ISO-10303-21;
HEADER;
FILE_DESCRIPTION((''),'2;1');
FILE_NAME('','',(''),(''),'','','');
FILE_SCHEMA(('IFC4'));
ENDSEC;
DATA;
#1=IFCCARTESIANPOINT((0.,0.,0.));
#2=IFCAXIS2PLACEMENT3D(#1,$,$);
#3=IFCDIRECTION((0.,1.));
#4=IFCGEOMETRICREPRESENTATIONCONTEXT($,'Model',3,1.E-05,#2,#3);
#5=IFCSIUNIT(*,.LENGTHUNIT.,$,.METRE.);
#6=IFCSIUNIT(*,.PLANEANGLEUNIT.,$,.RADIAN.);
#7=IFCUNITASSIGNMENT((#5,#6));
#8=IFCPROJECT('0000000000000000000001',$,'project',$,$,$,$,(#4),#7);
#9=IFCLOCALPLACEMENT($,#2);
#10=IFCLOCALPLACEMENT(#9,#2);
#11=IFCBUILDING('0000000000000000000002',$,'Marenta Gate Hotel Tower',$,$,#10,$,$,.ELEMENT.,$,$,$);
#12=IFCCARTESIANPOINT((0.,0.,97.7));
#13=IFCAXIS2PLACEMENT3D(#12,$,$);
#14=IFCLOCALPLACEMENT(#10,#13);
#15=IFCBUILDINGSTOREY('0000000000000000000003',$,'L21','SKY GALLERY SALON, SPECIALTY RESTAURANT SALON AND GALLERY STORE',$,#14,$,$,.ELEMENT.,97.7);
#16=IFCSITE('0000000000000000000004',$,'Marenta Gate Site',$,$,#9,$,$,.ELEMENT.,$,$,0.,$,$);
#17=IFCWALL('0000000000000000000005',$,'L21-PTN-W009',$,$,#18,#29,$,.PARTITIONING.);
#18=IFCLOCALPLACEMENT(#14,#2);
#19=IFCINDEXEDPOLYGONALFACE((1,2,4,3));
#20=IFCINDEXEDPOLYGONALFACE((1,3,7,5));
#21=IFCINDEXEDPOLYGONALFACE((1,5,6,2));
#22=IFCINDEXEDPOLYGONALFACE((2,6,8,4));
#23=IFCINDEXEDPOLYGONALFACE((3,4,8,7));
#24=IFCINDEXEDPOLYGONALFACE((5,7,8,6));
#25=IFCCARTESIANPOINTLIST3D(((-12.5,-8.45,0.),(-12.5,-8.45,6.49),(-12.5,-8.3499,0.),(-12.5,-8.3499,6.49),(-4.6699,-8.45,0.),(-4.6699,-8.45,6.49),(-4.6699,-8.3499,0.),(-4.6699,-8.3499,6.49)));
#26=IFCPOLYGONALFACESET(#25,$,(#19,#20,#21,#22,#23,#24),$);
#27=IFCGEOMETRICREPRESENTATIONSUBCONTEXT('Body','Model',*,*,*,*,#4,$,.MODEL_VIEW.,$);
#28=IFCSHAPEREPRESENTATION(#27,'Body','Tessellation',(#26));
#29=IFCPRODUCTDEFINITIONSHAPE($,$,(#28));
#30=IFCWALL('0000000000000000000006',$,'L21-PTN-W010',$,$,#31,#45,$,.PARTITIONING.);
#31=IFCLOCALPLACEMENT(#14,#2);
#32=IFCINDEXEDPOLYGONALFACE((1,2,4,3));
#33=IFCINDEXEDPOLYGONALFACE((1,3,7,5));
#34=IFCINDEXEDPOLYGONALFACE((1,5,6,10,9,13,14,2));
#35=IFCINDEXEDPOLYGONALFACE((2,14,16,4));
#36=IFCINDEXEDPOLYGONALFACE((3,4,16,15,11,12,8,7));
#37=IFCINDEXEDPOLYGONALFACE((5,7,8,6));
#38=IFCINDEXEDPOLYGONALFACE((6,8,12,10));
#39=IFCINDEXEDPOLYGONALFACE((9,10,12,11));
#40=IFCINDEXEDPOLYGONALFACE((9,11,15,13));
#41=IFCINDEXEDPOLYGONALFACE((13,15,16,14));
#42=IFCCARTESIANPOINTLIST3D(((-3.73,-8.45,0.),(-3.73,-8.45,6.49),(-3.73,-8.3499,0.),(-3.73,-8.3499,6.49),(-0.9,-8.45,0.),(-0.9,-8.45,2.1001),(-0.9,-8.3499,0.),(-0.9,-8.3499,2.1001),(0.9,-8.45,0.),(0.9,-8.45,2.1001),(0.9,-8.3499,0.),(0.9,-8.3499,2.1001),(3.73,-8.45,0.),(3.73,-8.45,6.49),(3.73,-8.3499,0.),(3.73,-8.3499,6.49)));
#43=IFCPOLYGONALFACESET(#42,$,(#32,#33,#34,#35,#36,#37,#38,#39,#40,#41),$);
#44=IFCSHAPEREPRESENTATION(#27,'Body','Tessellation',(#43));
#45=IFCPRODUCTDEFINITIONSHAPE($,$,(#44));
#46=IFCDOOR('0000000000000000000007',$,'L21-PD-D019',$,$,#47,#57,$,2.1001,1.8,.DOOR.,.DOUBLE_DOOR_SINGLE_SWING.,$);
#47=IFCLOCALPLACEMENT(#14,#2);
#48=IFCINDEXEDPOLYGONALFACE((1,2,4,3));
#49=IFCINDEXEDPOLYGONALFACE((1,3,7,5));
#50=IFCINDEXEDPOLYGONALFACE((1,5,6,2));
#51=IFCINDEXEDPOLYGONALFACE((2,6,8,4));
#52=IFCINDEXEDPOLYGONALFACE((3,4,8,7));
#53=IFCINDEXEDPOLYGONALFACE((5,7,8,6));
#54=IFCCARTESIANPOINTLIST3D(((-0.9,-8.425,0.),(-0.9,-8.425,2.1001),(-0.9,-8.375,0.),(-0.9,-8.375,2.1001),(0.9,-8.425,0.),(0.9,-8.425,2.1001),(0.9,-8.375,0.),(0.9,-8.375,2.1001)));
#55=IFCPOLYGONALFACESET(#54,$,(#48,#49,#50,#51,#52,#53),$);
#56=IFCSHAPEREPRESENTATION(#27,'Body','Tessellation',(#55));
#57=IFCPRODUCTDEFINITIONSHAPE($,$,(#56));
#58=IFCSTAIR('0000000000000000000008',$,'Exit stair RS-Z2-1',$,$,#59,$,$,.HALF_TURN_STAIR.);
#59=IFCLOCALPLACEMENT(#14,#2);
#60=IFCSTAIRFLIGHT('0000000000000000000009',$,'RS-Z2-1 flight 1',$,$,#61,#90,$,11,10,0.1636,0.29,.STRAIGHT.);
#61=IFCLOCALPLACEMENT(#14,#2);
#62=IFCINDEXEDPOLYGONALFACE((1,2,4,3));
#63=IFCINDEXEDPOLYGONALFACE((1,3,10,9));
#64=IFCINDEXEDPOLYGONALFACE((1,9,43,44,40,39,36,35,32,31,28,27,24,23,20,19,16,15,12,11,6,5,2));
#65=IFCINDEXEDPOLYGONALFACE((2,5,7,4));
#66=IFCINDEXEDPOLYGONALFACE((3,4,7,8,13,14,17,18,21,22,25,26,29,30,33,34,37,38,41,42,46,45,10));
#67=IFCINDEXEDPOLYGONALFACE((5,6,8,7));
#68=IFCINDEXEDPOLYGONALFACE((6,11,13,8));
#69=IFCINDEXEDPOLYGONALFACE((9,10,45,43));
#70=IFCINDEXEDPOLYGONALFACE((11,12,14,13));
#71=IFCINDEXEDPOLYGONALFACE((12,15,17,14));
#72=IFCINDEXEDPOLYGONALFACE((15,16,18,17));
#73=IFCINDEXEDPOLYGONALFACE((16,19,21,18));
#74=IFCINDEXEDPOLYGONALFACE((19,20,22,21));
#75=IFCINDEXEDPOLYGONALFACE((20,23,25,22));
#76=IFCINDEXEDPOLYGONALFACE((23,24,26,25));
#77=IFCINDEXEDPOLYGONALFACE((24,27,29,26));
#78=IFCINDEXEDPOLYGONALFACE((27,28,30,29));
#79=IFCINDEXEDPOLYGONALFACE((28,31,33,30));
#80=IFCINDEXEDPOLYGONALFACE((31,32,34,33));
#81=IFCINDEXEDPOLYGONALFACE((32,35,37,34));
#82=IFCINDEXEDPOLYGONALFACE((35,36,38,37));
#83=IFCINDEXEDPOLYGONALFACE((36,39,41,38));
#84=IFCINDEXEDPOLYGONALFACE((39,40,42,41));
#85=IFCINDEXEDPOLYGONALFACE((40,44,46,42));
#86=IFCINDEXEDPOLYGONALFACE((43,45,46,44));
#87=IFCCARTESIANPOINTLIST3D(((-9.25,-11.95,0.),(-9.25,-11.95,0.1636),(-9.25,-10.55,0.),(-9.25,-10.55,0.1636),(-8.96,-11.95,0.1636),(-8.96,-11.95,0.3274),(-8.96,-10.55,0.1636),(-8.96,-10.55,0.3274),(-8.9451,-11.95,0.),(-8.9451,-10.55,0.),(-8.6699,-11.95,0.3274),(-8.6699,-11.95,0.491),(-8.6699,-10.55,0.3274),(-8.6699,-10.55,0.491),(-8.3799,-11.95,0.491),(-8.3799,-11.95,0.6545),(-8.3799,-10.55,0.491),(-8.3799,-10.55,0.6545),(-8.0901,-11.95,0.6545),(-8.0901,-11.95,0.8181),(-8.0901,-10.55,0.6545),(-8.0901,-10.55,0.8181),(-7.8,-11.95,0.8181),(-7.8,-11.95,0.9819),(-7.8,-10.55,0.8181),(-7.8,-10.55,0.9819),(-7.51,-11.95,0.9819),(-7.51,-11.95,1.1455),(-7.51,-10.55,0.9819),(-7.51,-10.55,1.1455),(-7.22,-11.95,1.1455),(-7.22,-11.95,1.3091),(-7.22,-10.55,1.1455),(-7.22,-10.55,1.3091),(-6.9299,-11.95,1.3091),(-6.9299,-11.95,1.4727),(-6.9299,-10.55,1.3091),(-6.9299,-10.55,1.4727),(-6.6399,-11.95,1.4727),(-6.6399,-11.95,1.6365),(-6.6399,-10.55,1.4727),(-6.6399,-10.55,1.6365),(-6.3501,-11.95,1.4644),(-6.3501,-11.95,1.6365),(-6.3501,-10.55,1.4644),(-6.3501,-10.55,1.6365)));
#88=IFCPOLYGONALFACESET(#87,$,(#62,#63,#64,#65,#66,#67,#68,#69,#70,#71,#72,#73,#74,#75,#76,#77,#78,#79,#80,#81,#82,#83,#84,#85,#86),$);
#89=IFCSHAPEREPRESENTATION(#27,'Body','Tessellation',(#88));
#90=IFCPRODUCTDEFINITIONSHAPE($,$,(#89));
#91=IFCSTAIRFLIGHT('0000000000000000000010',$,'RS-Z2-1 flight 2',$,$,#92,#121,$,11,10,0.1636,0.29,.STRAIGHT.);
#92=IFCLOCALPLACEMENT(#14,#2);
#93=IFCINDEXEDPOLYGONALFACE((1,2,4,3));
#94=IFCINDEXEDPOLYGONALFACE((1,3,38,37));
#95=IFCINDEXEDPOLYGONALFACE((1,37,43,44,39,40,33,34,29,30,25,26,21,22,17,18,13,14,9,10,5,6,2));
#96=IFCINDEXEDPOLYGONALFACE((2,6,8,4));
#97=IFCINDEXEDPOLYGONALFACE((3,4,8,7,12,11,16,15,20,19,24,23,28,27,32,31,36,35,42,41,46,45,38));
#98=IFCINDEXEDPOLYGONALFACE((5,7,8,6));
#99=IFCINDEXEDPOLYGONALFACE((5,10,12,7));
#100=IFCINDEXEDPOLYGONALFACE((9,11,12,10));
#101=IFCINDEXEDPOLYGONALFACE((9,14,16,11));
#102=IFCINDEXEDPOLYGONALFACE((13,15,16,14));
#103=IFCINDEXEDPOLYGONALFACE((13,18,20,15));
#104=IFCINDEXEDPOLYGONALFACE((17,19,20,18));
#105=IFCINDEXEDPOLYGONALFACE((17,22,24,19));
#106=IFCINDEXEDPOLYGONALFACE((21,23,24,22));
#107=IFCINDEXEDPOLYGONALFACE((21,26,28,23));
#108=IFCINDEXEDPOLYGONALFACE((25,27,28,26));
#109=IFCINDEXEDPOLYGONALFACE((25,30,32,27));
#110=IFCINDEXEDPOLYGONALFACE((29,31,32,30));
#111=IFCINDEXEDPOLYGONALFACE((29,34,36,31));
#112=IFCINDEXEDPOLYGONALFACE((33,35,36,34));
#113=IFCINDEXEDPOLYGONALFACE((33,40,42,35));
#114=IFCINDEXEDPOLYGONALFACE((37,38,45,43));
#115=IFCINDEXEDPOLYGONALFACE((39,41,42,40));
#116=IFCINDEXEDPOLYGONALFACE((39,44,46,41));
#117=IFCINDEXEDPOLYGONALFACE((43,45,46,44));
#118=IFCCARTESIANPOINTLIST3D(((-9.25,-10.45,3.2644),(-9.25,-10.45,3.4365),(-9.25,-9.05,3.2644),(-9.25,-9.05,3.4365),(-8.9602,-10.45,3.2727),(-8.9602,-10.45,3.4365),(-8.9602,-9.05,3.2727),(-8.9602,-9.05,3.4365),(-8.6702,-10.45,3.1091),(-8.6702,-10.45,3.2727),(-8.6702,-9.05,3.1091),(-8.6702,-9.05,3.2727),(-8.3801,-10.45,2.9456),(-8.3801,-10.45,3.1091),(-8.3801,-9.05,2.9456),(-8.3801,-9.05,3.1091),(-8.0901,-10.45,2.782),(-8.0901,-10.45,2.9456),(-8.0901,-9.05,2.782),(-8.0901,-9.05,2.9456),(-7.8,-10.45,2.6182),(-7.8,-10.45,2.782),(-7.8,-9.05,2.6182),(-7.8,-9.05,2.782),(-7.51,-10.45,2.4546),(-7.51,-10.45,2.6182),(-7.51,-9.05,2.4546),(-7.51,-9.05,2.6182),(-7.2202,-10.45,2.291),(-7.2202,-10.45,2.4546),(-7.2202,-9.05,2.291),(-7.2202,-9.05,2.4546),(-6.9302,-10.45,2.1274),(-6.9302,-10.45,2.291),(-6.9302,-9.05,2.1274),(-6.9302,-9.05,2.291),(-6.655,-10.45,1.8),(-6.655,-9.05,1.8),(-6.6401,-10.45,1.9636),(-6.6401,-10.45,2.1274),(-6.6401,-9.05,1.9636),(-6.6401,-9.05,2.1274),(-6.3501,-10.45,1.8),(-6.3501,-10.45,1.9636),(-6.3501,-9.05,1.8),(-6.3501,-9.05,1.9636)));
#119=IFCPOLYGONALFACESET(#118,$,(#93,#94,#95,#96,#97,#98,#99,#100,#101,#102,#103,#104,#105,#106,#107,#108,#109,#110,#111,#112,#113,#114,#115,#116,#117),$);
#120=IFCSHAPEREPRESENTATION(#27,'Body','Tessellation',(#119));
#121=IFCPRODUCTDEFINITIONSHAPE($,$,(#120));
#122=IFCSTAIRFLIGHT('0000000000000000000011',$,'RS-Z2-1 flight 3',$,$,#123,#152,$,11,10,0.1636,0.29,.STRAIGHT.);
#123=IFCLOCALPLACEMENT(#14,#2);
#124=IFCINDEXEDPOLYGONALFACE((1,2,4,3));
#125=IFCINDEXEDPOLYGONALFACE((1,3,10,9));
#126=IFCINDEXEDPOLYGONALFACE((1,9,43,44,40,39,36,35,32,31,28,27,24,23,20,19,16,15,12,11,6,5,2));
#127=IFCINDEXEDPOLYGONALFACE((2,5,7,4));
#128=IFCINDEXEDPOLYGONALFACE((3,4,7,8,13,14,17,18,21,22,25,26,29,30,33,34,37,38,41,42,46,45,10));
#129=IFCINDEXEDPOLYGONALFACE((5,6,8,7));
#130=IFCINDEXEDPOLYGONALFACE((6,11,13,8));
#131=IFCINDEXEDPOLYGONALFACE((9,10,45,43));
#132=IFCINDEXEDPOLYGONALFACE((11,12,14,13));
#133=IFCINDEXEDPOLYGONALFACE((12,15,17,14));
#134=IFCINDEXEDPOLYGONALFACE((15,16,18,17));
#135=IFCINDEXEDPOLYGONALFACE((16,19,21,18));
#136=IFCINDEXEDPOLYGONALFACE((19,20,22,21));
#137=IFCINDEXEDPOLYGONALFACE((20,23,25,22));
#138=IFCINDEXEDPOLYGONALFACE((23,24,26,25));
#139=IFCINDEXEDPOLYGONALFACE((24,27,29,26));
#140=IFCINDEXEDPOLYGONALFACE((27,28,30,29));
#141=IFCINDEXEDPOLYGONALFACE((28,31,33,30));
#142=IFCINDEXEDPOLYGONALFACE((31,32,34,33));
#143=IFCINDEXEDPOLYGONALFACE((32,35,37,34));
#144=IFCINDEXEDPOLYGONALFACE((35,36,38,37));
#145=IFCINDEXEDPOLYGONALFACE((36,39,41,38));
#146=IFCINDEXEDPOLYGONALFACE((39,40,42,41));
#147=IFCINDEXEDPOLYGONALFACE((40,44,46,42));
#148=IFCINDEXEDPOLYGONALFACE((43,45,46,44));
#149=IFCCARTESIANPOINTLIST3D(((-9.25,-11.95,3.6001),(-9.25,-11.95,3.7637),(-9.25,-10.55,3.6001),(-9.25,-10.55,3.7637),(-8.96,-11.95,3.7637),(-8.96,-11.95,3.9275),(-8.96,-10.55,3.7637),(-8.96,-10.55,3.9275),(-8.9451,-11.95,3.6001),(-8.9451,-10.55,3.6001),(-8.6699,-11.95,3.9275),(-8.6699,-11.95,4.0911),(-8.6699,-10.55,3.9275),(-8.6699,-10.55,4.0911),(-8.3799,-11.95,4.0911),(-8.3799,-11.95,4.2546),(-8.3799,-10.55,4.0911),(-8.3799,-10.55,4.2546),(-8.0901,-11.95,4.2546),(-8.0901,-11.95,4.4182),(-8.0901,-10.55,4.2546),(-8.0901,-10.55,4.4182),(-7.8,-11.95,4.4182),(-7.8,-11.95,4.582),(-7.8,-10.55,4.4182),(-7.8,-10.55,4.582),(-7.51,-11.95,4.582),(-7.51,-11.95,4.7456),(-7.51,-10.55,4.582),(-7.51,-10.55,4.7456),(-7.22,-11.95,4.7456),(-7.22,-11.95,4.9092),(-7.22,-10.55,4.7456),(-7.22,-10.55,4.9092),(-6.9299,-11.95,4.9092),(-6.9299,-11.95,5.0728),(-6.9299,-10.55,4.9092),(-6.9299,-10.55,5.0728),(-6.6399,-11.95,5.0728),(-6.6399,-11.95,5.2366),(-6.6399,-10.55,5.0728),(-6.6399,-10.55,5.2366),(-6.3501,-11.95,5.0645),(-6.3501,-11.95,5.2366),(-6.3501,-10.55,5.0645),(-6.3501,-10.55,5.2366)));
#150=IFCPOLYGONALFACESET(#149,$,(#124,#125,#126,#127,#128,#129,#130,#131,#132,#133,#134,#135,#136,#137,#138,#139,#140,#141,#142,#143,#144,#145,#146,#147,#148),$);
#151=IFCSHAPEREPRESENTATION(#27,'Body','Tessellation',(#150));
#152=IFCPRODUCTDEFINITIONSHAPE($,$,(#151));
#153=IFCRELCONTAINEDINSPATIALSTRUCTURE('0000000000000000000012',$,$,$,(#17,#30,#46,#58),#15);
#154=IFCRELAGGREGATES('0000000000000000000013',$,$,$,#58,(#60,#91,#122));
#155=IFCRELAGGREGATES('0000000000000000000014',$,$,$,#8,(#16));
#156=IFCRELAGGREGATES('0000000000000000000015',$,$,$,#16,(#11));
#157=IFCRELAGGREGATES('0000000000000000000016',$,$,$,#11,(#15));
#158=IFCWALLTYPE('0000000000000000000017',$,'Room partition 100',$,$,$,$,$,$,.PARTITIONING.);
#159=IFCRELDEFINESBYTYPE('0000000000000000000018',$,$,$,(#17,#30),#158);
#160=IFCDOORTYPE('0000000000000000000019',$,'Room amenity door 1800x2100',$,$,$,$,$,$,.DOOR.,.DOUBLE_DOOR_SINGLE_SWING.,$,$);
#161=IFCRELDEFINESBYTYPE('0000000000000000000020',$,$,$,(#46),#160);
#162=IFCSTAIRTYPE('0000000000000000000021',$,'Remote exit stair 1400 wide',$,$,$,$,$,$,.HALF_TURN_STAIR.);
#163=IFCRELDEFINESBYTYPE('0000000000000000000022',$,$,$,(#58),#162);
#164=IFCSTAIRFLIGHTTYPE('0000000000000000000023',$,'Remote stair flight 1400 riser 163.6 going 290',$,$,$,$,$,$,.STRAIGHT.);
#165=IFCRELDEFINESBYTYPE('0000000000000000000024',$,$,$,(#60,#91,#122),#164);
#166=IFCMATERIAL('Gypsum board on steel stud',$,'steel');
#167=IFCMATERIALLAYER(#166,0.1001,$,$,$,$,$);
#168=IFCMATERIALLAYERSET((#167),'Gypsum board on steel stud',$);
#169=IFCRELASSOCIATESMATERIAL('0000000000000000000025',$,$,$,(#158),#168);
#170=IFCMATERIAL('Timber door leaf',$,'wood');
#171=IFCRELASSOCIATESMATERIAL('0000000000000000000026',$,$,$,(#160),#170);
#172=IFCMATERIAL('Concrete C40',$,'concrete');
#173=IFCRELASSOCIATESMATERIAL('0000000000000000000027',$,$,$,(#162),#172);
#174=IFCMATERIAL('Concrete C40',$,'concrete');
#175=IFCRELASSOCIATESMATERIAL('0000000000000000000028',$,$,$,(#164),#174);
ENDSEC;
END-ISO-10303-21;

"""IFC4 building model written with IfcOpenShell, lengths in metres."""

from ifc_helpers import new_model, si_unit, direction, frame, frame_2d, origin, place, context, subcontext, project, spatial, polyline, rectangle, outline, extrude, material, layer, layer_set, type_object, element, fill, aggregate, save


model = new_model("IFC4")

# Units and contexts
model_context = context("Model", 3, precision=1e-05, world=origin(), true_north=direction((0.0, 1.0)))
body_context = subcontext(model_context, "Body", "Model", "MODEL_VIEW")
ifc_project = project(units=[si_unit("LENGTHUNIT", "METRE"), si_unit("PLANEANGLEUNIT", "RADIAN")], contexts=[model_context])

# Site, building, storey
site_placement = place(None, origin())
site = spatial("IfcSite", under=ifc_project, at=site_placement, Name="Marenta Gate Site", CompositionType="ELEMENT", RefElevation=0.0)
building_placement = place(site_placement, origin())
building = spatial("IfcBuilding", under=site, at=building_placement, Name="Marenta Gate Hotel Tower", CompositionType="ELEMENT")
storey_placement = place(building_placement, frame((0.0, 0.0, 97.7)))
storey = spatial("IfcBuildingStorey", under=building, at=storey_placement, Name="L21", Description="SKY GALLERY SALON, SPECIALTY RESTAURANT SALON AND GALLERY STORE", CompositionType="ELEMENT", Elevation=97.7)

# Wall
ifc_material_1 = material(Name="Gypsum board on steel stud", Category="steel")
ifc_layer_1 = layer(ifc_material_1, 0.1001)
ifc_layer_set_1 = layer_set([ifc_layer_1], Name="Gypsum board on steel stud")
wall_type_1 = type_object("IfcWallType", Name="Room partition 100", PredefinedType="PARTITIONING", material=ifc_layer_set_1)
wall_1_placement = place(storey_placement, frame((-12.5, -8.3999, 0.0), z_axis=(0.0, 0.0, 1.0), x_axis=(1.0, 0.0, 0.0)))
element("IfcWall", 1, at=wall_1_placement, inside=storey, type_object=wall_type_1, Name="L21-PTN-W009", PredefinedType="PARTITIONING", context=body_context, shape_type="SweptSolid", body=[
    extrude(rectangle(XDim=7.8301, YDim=0.1001, at=frame_2d((3.915, 0.0))), origin(), (0.0, 0.0, 1.0), 6.49),
])

# Wall, opening, door
wall_2_placement = place(storey_placement, frame((-3.73, -8.3999, 0.0), z_axis=(0.0, 0.0, 1.0), x_axis=(1.0, 0.0, 0.0)))
wall_2 = element("IfcWall", 2, at=wall_2_placement, inside=storey, type_object=wall_type_1, Name="L21-PTN-W010", PredefinedType="PARTITIONING", context=body_context, shape_type="SweptSolid", body=[
    extrude(rectangle(XDim=7.46, YDim=0.1001, at=frame_2d((3.73, 0.0))), origin(), (0.0, 0.0, 1.0), 6.49),
])
opening_1_placement = place(wall_2_placement, frame((2.8301, 0.0, 0.0)))
opening_1 = element("IfcOpeningElement", 3, at=opening_1_placement, cuts=wall_2, PredefinedType="OPENING", context=body_context, shape_type="SweptSolid", body=[
    extrude(rectangle(XDim=1.8, YDim=2.1001, at=frame_2d((0.8999, 1.05))), frame((0.0, 0.05, 0.0), z_axis=(0.0, -1.0, 0.0), x_axis=(1.0, 0.0, 0.0)), (0.0, 0.0, 1.0), 0.1001),
])
ifc_material_2 = material(Name="Timber door leaf", Category="wood")
door_type_1 = type_object("IfcDoorType", Name="Room amenity door 1800x2100", OperationType="DOUBLE_DOOR_SINGLE_SWING", PredefinedType="DOOR", material=ifc_material_2)
door_1_placement = place(opening_1_placement, origin())
door_1 = element("IfcDoor", 4, at=door_1_placement, inside=storey, type_object=door_type_1, Name="L21-PD-D019", OperationType="DOUBLE_DOOR_SINGLE_SWING", OverallHeight=2.1001, OverallWidth=1.8, PredefinedType="DOOR", context=body_context, shape_type="SweptSolid", body=[
    extrude(rectangle(XDim=1.8, YDim=2.1001, at=frame_2d((0.8999, 1.05))), frame((0.0, 0.0249, 0.0), z_axis=(0.0, -1.0, 0.0), x_axis=(1.0, 0.0, 0.0)), (0.0, 0.0, 1.0), 0.05),
])
fill(opening_1, door_1)

# Stair, stair flights
ifc_material_3 = material(Name="Concrete C40", Category="concrete")
stair_type = type_object("IfcStairType", Name="Remote exit stair 1400 wide", PredefinedType="HALF_TURN_STAIR", material=ifc_material_3)
stair_placement = place(storey_placement, origin())
stair = element("IfcStair", 5, at=stair_placement, inside=storey, type_object=stair_type, Name="Exit stair RS-Z2-1", PredefinedType="HALF_TURN_STAIR")
ifc_material_4 = material(Name="Concrete C40", Category="concrete")
stair_flight_type = type_object("IfcStairFlightType", Name="Remote stair flight 1400 riser 163.6 going 290", PredefinedType="STRAIGHT", material=ifc_material_4)
stair_flight_1_placement = place(storey_placement, frame((-9.25, -11.25, 0.0), z_axis=(0.0, 0.0, 1.0), x_axis=(1.0, 0.0, 0.0)))
stair_flight_1 = element("IfcStairFlight", 6, at=stair_flight_1_placement, type_object=stair_flight_type, Name="RS-Z2-1 flight 1", NumberOfRisers=11, NumberOfTreads=10, PredefinedType="STRAIGHT", RiserHeight=0.1636, TreadLength=0.29, context=body_context, shape_type="SweptSolid", body=[
    extrude(outline(polyline([(0.0, 0.0), (0.0, 0.1636), (0.29, 0.1636), (0.29, 0.3274), (0.5801, 0.3274), (0.5801, 0.491), (0.8701, 0.491), (0.8701, 0.6545), (1.1599, 0.6545), (1.1599, 0.8181), (1.45, 0.8181), (1.45, 0.9819), (1.74, 0.9819), (1.74, 1.1455), (2.03, 1.1455), (2.03, 1.3091), (2.3201, 1.3091), (2.3201, 1.4727), (2.6101, 1.4727), (2.6101, 1.6365), (2.8999, 1.6365), (2.8999, 1.8), (2.8999, 1.4644), (0.3049, 0.0), (0.0, 0.0)])), frame((0.0, 0.7, 0.0), z_axis=(0.0, -1.0, 0.0), x_axis=(1.0, 0.0, 0.0)), (0.0, 0.0, 1.0), 1.3999),
])
stair_flight_2_placement = place(storey_placement, frame((-6.3501, -9.75, 1.8), z_axis=(0.0, 0.0, 1.0), x_axis=(-1.0, 0.0, 0.0)))
stair_flight_2 = element("IfcStairFlight", 7, at=stair_flight_2_placement, type_object=stair_flight_type, Name="RS-Z2-1 flight 2", NumberOfRisers=11, NumberOfTreads=10, PredefinedType="STRAIGHT", RiserHeight=0.1636, TreadLength=0.29, context=body_context, shape_type="SweptSolid", body=[
    extrude(outline(polyline([(0.0, 0.0), (0.0, 0.1636), (0.29, 0.1636), (0.29, 0.3274), (0.5801, 0.3274), (0.5801, 0.491), (0.8701, 0.491), (0.8701, 0.6545), (1.1599, 0.6545), (1.1599, 0.8181), (1.45, 0.8181), (1.45, 0.9819), (1.74, 0.9819), (1.74, 1.1455), (2.03, 1.1455), (2.03, 1.3091), (2.3201, 1.3091), (2.3201, 1.4727), (2.6101, 1.4727), (2.6101, 1.6365), (2.8999, 1.6365), (2.8999, 1.8), (2.8999, 1.4644), (0.3049, 0.0), (0.0, 0.0)])), frame((0.0, 0.7, 0.0), z_axis=(0.0, -1.0, 0.0), x_axis=(1.0, 0.0, 0.0)), (0.0, 0.0, 1.0), 1.3999),
])
stair_flight_3_placement = place(storey_placement, frame((-9.25, -11.25, 3.6001), z_axis=(0.0, 0.0, 1.0), x_axis=(1.0, 0.0, 0.0)))
stair_flight_3 = element("IfcStairFlight", 8, at=stair_flight_3_placement, type_object=stair_flight_type, Name="RS-Z2-1 flight 3", NumberOfRisers=11, NumberOfTreads=10, PredefinedType="STRAIGHT", RiserHeight=0.1636, TreadLength=0.29, context=body_context, shape_type="SweptSolid", body=[
    extrude(outline(polyline([(0.0, 0.0), (0.0, 0.1636), (0.29, 0.1636), (0.29, 0.3274), (0.5801, 0.3274), (0.5801, 0.491), (0.8701, 0.491), (0.8701, 0.6545), (1.1599, 0.6545), (1.1599, 0.8181), (1.45, 0.8181), (1.45, 0.9819), (1.74, 0.9819), (1.74, 1.1455), (2.03, 1.1455), (2.03, 1.3091), (2.3201, 1.3091), (2.3201, 1.4727), (2.6101, 1.4727), (2.6101, 1.6365), (2.8999, 1.6365), (2.8999, 1.8), (2.8999, 1.4644), (0.3049, 0.0), (0.0, 0.0)])), frame((0.0, 0.7, 0.0), z_axis=(0.0, -1.0, 0.0), x_axis=(1.0, 0.0, 0.0)), (0.0, 0.0, 1.0), 1.3999),
])
aggregate(stair, [stair_flight_1, stair_flight_2, stair_flight_3])

save(model, "model.ifc")
